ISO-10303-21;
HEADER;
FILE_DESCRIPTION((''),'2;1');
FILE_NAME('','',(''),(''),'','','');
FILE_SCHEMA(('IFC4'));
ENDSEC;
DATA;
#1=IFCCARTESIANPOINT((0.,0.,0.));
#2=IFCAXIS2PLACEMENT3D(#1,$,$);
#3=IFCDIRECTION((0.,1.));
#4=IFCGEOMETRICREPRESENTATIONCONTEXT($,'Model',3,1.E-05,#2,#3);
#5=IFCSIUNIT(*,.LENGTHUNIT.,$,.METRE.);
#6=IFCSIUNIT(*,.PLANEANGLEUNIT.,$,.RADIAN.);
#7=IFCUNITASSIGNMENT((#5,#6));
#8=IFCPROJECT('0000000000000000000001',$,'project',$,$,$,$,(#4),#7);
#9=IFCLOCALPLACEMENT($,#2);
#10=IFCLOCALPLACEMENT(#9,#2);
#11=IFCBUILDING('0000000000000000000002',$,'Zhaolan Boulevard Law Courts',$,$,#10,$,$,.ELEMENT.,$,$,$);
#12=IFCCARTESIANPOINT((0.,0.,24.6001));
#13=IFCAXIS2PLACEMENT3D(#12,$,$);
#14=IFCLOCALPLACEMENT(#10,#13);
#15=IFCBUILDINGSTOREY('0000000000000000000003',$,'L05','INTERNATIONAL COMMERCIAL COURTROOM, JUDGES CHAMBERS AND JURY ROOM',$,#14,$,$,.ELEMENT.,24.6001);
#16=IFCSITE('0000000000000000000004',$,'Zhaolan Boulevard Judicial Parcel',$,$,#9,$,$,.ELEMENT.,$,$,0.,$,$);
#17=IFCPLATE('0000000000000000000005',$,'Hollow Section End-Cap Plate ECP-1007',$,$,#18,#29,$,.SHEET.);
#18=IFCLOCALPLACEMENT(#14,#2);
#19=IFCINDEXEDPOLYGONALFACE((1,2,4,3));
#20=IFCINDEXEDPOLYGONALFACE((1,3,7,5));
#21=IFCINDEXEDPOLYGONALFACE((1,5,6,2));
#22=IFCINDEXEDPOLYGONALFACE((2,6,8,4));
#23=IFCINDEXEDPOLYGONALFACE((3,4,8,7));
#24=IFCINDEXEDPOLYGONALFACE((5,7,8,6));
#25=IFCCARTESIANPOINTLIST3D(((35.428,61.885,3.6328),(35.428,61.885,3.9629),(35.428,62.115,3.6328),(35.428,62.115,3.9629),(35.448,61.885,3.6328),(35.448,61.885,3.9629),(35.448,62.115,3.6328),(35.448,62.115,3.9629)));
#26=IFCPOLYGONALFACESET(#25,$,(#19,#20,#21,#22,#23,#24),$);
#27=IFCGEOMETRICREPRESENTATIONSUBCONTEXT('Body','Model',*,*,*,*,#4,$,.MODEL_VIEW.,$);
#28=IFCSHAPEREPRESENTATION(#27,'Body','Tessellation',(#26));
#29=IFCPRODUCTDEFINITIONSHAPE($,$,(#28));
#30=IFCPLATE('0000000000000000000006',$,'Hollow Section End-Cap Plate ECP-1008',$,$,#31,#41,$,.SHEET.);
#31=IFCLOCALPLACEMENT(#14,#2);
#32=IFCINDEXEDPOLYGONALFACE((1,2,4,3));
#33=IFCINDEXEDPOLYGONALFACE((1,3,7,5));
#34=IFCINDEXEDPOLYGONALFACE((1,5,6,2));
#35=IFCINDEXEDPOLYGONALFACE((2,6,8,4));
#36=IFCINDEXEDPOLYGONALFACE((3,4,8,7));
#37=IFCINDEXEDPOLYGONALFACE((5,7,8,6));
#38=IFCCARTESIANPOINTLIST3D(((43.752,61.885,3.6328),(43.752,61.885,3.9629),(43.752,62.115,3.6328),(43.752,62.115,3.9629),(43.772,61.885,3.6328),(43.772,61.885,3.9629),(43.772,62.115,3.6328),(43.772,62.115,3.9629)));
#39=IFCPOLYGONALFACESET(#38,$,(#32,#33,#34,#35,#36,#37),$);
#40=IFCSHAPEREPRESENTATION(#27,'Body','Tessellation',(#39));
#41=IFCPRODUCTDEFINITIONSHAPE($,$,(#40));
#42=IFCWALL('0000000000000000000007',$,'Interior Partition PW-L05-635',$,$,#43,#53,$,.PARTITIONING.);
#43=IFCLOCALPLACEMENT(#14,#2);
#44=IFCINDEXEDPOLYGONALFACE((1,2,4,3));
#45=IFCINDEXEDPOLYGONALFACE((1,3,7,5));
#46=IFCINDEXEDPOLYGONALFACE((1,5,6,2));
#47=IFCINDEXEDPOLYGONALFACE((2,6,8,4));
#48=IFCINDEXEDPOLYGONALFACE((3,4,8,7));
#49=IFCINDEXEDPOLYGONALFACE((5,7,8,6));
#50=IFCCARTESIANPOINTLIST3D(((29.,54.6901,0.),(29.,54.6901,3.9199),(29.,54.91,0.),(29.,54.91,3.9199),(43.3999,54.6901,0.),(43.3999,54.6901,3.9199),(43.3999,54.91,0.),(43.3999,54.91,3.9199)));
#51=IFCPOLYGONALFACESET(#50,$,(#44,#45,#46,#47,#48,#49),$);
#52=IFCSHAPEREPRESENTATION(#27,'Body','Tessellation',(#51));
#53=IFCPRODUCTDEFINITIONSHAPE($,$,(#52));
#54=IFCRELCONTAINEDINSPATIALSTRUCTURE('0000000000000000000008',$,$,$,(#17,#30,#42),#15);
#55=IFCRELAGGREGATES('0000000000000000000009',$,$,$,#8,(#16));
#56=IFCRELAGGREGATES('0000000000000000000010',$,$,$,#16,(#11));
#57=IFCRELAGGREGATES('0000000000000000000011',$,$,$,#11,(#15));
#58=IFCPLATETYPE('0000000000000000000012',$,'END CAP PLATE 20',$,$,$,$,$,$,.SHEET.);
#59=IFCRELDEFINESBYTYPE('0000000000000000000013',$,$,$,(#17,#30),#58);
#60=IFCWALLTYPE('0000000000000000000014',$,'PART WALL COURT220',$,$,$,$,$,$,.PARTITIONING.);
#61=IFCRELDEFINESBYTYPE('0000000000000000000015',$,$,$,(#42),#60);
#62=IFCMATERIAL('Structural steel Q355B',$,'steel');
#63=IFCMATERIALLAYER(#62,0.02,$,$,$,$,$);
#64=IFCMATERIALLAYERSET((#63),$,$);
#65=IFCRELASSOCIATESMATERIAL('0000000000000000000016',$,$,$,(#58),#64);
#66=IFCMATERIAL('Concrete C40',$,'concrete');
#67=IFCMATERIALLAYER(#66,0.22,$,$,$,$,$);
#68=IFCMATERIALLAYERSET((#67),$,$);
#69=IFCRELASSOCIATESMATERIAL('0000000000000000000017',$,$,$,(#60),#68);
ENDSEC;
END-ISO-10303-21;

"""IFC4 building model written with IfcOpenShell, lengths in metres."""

from ifc_helpers import new_model, si_unit, direction, frame, frame_2d, origin, origin_2d, place, context, subcontext, project, spatial, rectangle, extrude, material, layer, layer_set, type_object, element, save


model = new_model("IFC4")

# Units and contexts
model_context = context("Model", 3, precision=1e-05, world=origin(), true_north=direction((0.0, 1.0)))
body_context = subcontext(model_context, "Body", "Model", "MODEL_VIEW")
ifc_project = project(units=[si_unit("LENGTHUNIT", "METRE"), si_unit("PLANEANGLEUNIT", "RADIAN")], contexts=[model_context])

# Site, building, storey
site_placement = place(None, origin())
site = spatial("IfcSite", under=ifc_project, at=site_placement, Name="Zhaolan Boulevard Judicial Parcel", CompositionType="ELEMENT", RefElevation=0.0)
building_placement = place(site_placement, origin())
building = spatial("IfcBuilding", under=site, at=building_placement, Name="Zhaolan Boulevard Law Courts", CompositionType="ELEMENT")
storey_placement = place(building_placement, frame((0.0, 0.0, 24.6001)))
storey = spatial("IfcBuildingStorey", under=building, at=storey_placement, Name="L05", Description="INTERNATIONAL COMMERCIAL COURTROOM, JUDGES CHAMBERS AND JURY ROOM", CompositionType="ELEMENT", Elevation=24.6001)

# Plates
ifc_material_1 = material(Name="Structural steel Q355B", Category="steel")
ifc_layer_1 = layer(ifc_material_1, 0.02)
ifc_layer_set_1 = layer_set([ifc_layer_1])
plate_type_1 = type_object("IfcPlateType", Name="END CAP PLATE 20", PredefinedType="SHEET", material=ifc_layer_set_1)
for number, where, z_axis, x_axis, name in (
    (1, (35.438, 62.0, 3.6328), (0.0, 0.0, 1.0), (1.0, 0.0, 0.0), "Hollow Section End-Cap Plate ECP-1007"),
    (2, (43.762, 62.0, 3.6328), (0.0, 0.0, 1.0), (1.0, 0.0, 0.0), "Hollow Section End-Cap Plate ECP-1008"),
):
    element("IfcPlate", number, at=place(storey_placement, frame(where, z_axis=z_axis, x_axis=x_axis)), inside=storey, type_object=plate_type_1, Name=name, PredefinedType="SHEET", context=body_context, shape_type="SweptSolid", body=[
        extrude(rectangle(XDim=0.02, YDim=0.23, at=origin_2d()), origin(), (0.0, 0.0, 1.0), 0.3301),
    ])

# Wall
ifc_material_2 = material(Name="Concrete C40", Category="concrete")
ifc_layer_2 = layer(ifc_material_2, 0.22)
ifc_layer_set_2 = layer_set([ifc_layer_2])
wall_type = type_object("IfcWallType", Name="PART WALL COURT220", PredefinedType="PARTITIONING", material=ifc_layer_set_2)
wall_placement = place(storey_placement, frame((43.3999, 54.8, 0.0), z_axis=(0.0, 0.0, 1.0), x_axis=(-1.0, 0.0, 0.0)))
element("IfcWall", 3, at=wall_placement, inside=storey, type_object=wall_type, Name="Interior Partition PW-L05-635", PredefinedType="PARTITIONING", context=body_context, shape_type="SweptSolid", body=[
    extrude(rectangle(XDim=14.3999, YDim=0.22, at=frame_2d((7.2, 0.0))), origin(), (0.0, 0.0, 1.0), 3.9199),
])

save(model, "model.ifc")
